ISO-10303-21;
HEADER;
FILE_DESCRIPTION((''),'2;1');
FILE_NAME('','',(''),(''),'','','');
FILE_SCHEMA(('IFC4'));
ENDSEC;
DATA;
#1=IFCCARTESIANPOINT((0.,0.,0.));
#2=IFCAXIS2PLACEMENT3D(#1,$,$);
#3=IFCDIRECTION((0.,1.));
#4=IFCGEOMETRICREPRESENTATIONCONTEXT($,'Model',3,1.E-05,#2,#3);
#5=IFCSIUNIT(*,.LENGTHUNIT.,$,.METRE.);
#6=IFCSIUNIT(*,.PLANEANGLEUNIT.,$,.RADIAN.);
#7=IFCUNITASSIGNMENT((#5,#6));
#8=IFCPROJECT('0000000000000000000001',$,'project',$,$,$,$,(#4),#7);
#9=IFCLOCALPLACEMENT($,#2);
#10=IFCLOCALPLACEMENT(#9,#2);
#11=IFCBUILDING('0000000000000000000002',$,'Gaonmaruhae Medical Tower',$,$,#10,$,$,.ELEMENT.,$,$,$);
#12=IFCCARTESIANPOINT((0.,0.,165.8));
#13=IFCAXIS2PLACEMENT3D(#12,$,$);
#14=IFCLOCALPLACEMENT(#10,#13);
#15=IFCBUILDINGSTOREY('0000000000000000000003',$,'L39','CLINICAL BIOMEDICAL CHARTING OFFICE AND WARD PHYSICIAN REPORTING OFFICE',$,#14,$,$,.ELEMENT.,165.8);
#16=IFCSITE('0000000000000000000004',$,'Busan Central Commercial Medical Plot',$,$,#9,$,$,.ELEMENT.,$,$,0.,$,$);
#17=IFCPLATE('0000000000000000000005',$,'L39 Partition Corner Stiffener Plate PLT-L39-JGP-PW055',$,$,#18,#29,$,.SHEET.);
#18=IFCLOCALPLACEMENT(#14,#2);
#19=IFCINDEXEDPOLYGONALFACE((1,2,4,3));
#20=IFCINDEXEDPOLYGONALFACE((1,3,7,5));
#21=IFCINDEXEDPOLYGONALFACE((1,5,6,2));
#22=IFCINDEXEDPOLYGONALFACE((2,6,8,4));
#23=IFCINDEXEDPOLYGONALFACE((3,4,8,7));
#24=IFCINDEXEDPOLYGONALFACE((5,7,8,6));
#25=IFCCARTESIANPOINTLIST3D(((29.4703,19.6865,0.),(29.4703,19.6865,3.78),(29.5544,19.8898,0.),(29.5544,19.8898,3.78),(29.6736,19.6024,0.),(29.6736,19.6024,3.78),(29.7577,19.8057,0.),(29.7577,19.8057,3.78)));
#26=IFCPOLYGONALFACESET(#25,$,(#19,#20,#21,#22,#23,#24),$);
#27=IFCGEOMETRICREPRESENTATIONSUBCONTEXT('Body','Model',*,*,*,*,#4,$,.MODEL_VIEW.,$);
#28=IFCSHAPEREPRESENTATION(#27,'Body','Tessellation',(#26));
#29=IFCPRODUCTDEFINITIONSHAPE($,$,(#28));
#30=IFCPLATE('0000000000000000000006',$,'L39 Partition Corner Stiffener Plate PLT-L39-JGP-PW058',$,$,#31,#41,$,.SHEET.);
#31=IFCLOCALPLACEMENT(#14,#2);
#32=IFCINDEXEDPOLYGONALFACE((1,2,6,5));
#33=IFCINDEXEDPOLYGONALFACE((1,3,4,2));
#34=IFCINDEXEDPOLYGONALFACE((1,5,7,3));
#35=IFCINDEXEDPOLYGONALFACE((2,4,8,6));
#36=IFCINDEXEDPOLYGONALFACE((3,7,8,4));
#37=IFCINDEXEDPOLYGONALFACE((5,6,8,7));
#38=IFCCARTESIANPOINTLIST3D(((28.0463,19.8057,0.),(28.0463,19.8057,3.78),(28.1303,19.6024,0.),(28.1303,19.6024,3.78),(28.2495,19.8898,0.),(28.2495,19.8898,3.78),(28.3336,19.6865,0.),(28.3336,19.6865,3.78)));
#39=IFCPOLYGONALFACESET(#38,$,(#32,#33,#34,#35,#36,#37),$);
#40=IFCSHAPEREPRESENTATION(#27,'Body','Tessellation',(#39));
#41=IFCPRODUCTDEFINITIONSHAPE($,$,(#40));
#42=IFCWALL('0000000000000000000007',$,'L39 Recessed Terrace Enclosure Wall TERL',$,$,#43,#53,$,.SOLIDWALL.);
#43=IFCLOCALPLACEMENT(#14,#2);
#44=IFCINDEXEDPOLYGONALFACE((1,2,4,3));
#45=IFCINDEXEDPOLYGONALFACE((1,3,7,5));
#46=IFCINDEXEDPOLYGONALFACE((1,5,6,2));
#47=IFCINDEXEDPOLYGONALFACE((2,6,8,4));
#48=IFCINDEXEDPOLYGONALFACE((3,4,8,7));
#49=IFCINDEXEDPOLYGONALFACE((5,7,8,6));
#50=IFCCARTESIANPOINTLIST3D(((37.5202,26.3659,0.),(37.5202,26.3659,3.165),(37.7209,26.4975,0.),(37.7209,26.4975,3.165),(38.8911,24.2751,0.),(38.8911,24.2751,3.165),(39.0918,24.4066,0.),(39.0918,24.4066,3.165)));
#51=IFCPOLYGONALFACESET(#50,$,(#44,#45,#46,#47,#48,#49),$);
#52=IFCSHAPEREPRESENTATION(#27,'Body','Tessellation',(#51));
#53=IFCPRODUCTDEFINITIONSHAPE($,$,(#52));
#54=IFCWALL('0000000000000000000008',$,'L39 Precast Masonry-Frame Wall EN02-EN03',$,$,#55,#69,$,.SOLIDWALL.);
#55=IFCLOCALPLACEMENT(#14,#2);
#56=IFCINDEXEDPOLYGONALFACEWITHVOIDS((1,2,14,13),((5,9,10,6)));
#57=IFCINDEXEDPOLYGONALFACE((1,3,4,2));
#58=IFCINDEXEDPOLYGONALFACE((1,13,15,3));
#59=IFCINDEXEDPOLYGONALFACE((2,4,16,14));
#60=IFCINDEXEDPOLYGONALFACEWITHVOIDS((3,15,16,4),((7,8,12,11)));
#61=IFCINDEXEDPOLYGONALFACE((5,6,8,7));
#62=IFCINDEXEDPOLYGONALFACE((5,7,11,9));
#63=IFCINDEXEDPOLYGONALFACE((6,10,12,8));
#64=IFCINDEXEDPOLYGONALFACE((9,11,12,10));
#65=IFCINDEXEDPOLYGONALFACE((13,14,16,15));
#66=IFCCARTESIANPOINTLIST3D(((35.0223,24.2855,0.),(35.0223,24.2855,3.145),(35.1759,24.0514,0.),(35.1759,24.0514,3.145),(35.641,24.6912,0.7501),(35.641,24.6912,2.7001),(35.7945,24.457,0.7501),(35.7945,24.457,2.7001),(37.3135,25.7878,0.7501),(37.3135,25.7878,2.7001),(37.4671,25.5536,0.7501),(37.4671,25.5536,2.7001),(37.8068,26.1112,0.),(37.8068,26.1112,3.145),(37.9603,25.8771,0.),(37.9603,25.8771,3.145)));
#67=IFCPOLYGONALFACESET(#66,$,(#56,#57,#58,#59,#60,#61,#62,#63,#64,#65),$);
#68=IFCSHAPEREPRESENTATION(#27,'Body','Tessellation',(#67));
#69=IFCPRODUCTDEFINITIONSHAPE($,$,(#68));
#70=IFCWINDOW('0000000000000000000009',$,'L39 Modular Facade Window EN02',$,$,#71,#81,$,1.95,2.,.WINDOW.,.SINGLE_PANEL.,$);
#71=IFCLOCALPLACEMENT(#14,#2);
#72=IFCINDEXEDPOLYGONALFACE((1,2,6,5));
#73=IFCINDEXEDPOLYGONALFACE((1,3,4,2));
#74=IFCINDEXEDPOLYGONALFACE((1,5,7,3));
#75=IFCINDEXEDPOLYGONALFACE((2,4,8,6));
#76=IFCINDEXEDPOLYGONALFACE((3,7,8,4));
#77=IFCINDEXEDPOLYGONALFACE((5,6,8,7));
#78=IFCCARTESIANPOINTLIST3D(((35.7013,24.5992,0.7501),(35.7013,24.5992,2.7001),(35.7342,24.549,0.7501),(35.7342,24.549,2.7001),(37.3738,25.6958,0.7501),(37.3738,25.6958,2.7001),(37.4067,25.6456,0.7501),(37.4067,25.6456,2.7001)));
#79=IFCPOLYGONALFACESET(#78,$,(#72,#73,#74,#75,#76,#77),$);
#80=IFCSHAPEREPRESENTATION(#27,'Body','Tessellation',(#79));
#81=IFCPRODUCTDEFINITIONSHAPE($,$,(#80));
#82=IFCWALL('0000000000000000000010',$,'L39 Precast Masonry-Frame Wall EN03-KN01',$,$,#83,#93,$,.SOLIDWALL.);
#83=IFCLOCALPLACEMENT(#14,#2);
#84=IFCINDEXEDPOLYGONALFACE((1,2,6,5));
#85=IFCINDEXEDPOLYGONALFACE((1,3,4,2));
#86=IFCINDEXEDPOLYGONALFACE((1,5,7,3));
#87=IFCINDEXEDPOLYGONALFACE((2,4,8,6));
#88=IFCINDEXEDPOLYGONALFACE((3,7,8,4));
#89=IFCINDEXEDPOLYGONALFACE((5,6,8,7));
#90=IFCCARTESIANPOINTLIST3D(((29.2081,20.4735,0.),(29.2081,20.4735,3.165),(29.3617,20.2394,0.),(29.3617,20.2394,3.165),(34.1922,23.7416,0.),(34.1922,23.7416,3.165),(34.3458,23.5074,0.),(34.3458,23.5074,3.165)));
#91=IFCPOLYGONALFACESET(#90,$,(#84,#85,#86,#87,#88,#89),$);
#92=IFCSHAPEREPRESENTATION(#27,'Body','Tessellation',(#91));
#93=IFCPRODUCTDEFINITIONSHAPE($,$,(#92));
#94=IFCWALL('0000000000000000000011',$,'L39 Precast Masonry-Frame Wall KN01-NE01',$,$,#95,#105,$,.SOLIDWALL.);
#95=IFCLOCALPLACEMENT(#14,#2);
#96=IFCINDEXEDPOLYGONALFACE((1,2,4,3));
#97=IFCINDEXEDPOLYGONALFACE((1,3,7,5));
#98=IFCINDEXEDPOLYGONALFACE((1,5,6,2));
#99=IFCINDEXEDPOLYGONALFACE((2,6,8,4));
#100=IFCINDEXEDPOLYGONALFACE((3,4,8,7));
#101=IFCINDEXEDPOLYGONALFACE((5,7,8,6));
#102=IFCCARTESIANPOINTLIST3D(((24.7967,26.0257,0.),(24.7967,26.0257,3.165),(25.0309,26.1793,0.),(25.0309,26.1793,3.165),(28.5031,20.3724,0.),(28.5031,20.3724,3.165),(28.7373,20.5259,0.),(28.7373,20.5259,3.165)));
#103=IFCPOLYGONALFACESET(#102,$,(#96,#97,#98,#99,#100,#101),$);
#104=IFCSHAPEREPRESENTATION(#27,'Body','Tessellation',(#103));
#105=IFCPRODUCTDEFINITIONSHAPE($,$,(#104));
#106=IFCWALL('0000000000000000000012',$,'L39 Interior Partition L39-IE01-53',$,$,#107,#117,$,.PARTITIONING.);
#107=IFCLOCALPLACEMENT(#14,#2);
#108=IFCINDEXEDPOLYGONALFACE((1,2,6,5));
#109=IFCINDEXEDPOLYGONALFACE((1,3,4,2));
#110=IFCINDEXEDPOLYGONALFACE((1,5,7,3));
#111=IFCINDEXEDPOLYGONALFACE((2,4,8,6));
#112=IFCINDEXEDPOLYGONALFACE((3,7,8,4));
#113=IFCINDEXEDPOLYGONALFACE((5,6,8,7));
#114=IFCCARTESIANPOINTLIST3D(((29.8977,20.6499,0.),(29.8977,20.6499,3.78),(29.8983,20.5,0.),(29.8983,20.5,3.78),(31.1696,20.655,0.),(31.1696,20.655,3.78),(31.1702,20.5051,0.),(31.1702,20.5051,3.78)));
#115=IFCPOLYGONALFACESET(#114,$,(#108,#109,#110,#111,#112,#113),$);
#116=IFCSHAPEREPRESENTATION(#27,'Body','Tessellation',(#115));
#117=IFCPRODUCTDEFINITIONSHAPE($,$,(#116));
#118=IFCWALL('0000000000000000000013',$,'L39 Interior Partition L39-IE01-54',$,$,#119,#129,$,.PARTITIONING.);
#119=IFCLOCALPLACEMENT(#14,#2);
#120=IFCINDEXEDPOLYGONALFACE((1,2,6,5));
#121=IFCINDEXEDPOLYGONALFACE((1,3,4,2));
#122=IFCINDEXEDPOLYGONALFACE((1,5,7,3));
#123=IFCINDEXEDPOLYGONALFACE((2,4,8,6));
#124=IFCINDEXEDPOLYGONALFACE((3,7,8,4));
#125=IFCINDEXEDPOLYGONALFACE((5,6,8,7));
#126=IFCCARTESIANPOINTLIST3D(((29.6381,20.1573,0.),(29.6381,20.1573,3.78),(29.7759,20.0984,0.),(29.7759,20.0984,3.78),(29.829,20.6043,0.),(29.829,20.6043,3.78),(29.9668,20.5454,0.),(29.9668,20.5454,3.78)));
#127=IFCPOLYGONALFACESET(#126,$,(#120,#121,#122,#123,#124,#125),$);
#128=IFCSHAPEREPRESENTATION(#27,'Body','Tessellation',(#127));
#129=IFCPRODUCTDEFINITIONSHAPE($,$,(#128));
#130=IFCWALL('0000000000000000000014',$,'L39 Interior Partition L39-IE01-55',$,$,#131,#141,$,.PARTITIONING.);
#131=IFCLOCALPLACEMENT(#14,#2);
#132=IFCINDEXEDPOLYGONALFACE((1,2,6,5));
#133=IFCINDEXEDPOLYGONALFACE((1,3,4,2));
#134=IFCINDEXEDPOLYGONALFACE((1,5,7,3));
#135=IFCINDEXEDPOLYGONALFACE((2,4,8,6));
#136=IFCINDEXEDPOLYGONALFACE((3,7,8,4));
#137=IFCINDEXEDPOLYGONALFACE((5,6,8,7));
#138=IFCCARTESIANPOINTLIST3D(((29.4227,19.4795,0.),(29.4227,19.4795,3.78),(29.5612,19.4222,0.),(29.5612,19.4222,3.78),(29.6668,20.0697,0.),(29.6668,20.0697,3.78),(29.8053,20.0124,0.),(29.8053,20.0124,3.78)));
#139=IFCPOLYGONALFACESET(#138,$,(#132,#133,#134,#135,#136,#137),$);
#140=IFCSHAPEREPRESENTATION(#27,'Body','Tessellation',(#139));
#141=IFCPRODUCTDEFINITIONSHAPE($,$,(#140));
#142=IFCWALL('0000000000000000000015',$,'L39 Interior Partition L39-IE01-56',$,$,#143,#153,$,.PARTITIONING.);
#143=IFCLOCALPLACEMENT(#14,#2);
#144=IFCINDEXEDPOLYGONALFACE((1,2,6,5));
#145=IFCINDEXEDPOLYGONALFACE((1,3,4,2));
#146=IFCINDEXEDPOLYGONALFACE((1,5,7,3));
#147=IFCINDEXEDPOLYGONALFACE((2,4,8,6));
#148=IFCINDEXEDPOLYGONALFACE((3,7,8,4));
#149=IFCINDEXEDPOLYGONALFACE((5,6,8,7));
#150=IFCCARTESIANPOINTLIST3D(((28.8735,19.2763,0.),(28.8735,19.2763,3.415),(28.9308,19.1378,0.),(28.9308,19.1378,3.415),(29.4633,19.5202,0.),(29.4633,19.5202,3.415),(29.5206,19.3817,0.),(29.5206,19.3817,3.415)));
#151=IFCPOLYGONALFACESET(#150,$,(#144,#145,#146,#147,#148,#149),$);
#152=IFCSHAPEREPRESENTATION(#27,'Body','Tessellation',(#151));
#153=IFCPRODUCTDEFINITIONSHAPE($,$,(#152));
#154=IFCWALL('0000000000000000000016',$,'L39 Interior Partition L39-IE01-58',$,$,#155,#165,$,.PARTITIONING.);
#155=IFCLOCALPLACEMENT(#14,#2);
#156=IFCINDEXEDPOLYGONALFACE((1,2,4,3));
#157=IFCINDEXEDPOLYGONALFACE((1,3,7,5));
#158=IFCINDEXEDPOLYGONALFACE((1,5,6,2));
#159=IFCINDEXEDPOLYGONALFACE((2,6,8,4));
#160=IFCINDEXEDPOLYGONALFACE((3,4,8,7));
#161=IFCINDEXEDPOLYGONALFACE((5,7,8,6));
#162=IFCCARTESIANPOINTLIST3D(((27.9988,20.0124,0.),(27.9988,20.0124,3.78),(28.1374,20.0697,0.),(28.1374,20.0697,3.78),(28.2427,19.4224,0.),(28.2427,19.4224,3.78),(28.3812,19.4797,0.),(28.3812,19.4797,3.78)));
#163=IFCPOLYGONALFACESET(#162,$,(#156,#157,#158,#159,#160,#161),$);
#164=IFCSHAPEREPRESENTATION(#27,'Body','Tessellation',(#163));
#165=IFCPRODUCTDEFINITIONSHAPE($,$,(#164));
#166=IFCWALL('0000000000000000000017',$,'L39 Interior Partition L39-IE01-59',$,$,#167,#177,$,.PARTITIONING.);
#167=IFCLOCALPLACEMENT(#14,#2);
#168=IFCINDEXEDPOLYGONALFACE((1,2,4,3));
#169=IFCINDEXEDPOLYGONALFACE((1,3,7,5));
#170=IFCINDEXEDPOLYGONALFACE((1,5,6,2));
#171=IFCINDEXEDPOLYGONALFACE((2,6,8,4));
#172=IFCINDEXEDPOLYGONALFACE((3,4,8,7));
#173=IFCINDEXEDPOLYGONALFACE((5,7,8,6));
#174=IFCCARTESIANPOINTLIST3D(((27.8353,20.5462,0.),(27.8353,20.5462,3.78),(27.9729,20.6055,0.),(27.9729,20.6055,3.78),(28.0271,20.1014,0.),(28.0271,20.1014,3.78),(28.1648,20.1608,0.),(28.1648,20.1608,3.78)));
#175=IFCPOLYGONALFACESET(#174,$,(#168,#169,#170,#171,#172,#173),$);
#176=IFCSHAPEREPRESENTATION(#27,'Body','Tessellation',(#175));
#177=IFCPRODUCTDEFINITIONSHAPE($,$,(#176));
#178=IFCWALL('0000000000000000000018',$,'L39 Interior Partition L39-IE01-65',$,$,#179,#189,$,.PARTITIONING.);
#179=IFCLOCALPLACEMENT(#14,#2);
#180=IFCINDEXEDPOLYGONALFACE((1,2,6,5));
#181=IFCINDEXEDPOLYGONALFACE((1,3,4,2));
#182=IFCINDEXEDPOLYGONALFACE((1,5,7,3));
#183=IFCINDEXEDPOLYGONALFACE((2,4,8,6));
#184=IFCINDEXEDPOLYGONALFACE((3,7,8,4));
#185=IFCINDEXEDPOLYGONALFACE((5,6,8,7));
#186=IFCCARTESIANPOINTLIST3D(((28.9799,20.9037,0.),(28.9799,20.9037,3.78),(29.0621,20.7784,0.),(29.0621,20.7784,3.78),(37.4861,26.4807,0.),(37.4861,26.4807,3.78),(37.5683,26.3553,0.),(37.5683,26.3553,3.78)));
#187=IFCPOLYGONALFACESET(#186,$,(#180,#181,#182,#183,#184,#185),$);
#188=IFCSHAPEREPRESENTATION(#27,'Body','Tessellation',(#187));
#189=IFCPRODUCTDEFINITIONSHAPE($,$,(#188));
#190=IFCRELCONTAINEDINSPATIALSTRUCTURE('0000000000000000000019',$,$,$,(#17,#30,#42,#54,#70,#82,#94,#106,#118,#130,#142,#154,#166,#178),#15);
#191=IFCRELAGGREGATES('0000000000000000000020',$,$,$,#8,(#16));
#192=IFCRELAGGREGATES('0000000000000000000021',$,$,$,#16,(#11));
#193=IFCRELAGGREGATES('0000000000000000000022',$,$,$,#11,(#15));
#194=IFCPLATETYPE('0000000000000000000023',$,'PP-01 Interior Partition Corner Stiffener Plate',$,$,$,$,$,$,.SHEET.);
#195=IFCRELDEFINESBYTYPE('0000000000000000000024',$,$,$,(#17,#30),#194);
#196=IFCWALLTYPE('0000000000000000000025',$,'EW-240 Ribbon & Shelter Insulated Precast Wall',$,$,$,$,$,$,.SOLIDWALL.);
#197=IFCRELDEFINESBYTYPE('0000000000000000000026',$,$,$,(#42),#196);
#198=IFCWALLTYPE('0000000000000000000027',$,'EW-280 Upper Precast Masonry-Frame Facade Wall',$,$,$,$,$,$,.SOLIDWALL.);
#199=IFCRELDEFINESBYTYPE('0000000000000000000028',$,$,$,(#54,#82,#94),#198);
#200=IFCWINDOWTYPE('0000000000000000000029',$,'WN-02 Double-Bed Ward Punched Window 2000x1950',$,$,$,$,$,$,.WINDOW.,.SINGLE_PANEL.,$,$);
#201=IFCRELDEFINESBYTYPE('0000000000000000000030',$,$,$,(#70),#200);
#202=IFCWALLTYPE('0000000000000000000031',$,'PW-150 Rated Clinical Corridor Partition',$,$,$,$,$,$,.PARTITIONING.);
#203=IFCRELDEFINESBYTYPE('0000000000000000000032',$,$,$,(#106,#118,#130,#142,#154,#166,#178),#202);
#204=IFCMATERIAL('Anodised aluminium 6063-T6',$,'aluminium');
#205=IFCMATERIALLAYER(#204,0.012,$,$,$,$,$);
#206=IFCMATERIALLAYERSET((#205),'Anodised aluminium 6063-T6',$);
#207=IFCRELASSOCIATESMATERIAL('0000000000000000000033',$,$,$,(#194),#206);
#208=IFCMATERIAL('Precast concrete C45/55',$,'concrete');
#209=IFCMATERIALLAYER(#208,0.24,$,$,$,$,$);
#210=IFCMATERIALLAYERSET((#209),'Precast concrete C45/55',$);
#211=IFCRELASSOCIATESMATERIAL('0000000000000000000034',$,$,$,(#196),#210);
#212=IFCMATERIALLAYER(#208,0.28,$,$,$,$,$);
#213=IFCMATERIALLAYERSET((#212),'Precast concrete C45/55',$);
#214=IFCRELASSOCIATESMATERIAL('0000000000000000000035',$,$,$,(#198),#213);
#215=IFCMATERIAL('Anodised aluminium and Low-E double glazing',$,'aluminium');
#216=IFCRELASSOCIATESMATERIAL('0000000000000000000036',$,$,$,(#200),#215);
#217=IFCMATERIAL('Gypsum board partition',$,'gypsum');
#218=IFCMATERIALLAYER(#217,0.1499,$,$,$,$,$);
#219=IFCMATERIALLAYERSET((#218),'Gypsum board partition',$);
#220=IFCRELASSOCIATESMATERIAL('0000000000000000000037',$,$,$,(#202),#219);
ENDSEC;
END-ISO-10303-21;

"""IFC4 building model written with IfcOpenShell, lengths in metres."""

from ifc_helpers import new_model, si_unit, direction, frame, frame_2d, origin, origin_2d, place, context, subcontext, project, spatial, rectangle, extrude, material, layer, layer_set, type_object, element, fill, save


model = new_model("IFC4")

# Units and contexts
model_context = context("Model", 3, precision=1e-05, world=origin(), true_north=direction((0.0, 1.0)))
body_context = subcontext(model_context, "Body", "Model", "MODEL_VIEW")
ifc_project = project(units=[si_unit("LENGTHUNIT", "METRE"), si_unit("PLANEANGLEUNIT", "RADIAN")], contexts=[model_context])

# Site, building, storey
site_placement = place(None, origin())
site = spatial("IfcSite", under=ifc_project, at=site_placement, Name="Busan Central Commercial Medical Plot", CompositionType="ELEMENT", RefElevation=0.0)
building_placement = place(site_placement, origin())
building = spatial("IfcBuilding", under=site, at=building_placement, Name="Gaonmaruhae Medical Tower", CompositionType="ELEMENT")
storey_placement = place(building_placement, frame((0.0, 0.0, 165.8)))
storey = spatial("IfcBuildingStorey", under=building, at=storey_placement, Name="L39", Description="CLINICAL BIOMEDICAL CHARTING OFFICE AND WARD PHYSICIAN REPORTING OFFICE", CompositionType="ELEMENT", Elevation=165.8)

# Plates
ifc_material_1 = material(Name="Anodised aluminium 6063-T6", Category="aluminium")
ifc_layer_1 = layer(ifc_material_1, 0.012)
ifc_layer_set_1 = layer_set([ifc_layer_1], Name="Anodised aluminium 6063-T6")
plate_type = type_object("IfcPlateType", Name="PP-01 Interior Partition Corner Stiffener Plate", PredefinedType="SHEET", material=ifc_layer_set_1)
for number, where, z_axis, x_axis, name in (
    (1, (29.614, 19.7461, 0.0), (0.0, 0.0, 1.0), (-0.382167, -0.924093, 0.0), "L39 Partition Corner Stiffener Plate PLT-L39-JGP-PW055"),
    (2, (28.1899, 19.7461, 0.0), (0.0, 0.0, 1.0), (-0.382167, 0.924093, 0.0), "L39 Partition Corner Stiffener Plate PLT-L39-JGP-PW058"),
):
    element("IfcPlate", number, at=place(storey_placement, frame(where, z_axis=z_axis, x_axis=x_axis)), inside=storey, type_object=plate_type, Name=name, PredefinedType="SHEET", context=body_context, shape_type="SweptSolid", body=[
        extrude(rectangle(XDim=0.22, YDim=0.22, at=origin_2d()), origin(), (0.0, 0.0, 1.0), 3.78),
    ])

# Wall
ifc_material_2 = material(Name="Precast concrete C45/55", Category="concrete")
ifc_layer_2 = layer(ifc_material_2, 0.24)
ifc_layer_set_2 = layer_set([ifc_layer_2], Name="Precast concrete C45/55")
wall_type_1 = type_object("IfcWallType", Name="EW-240 Ribbon & Shelter Insulated Precast Wall", PredefinedType="SOLIDWALL", material=ifc_layer_set_2)
wall_1_placement = place(storey_placement, frame((37.6206, 26.4316, 0.0), z_axis=(0.0, 0.0, 1.0), x_axis=(0.548307, -0.836277, 0.0)))
element("IfcWall", 3, at=wall_1_placement, inside=storey, type_object=wall_type_1, Name="L39 Recessed Terrace Enclosure Wall TERL", PredefinedType="SOLIDWALL", context=body_context, shape_type="SweptSolid", body=[
    extrude(rectangle(XDim=2.5002, YDim=0.24, at=frame_2d((1.25, 0.0))), origin(), (0.0, 0.0, 1.0), 3.165),
])

# Wall, opening, window
ifc_layer_3 = layer(ifc_material_2, 0.28)
ifc_layer_set_3 = layer_set([ifc_layer_3], Name="Precast concrete C45/55")
wall_type_2 = type_object("IfcWallType", Name="EW-280 Upper Precast Masonry-Frame Facade Wall", PredefinedType="SOLIDWALL", material=ifc_layer_set_3)
wall_2_placement = place(storey_placement, frame((35.0991, 24.1685, 0.0), z_axis=(0.0, 0.0, 1.0), x_axis=(0.836268, 0.548322, 0.0)))
wall_2 = element("IfcWall", 4, at=wall_2_placement, inside=storey, type_object=wall_type_2, Name="L39 Precast Masonry-Frame Wall EN02-EN03", PredefinedType="SOLIDWALL", context=body_context, shape_type="SweptSolid", body=[
    extrude(rectangle(XDim=3.3296, YDim=0.28, at=frame_2d((1.6648, 0.0))), origin(), (0.0, 0.0, 1.0), 3.145),
])
opening_placement = place(wall_2_placement, frame((0.7397, 0.0, 0.75)))
opening = element("IfcOpeningElement", 5, at=opening_placement, cuts=wall_2, PredefinedType="OPENING", context=body_context, shape_type="SweptSolid", body=[
    extrude(rectangle(XDim=2.0, YDim=1.95, at=frame_2d((1.0, 0.9751))), frame((0.0, 0.1499, 0.0), z_axis=(0.0, -1.0, 0.0), x_axis=(1.0, 0.0, 0.0)), (0.0, 0.0, 1.0), 0.3),
])
ifc_material_3 = material(Name="Anodised aluminium and Low-E double glazing", Category="aluminium")
window_type = type_object("IfcWindowType", Name="WN-02 Double-Bed Ward Punched Window 2000x1950", PartitioningType="SINGLE_PANEL", PredefinedType="WINDOW", material=ifc_material_3)
window_placement = place(opening_placement, origin())
window = element("IfcWindow", 6, at=window_placement, inside=storey, type_object=window_type, Name="L39 Modular Facade Window EN02", OverallHeight=1.95, OverallWidth=2.0, PartitioningType="SINGLE_PANEL", PredefinedType="WINDOW", context=body_context, shape_type="SweptSolid", body=[
    extrude(rectangle(XDim=2.0, YDim=1.95, at=frame_2d((1.0, 0.9751))), frame((0.0, 0.03, 0.0), z_axis=(0.0, -1.0, 0.0), x_axis=(1.0, 0.0, 0.0)), (0.0, 0.0, 1.0), 0.0601),
])
fill(opening, window)

# Walls
wall_3_placement = place(storey_placement, frame((29.2849, 20.3564, 0.0), z_axis=(0.0, 0.0, 1.0), x_axis=(0.836261, 0.548332, 0.0)))
element("IfcWall", 7, at=wall_3_placement, inside=storey, type_object=wall_type_2, Name="L39 Precast Masonry-Frame Wall EN03-KN01", PredefinedType="SOLIDWALL", context=body_context, shape_type="SweptSolid", body=[
    extrude(rectangle(XDim=5.96, YDim=0.28, at=frame_2d((2.98, 0.0))), origin(), (0.0, 0.0, 1.0), 3.165),
])
wall_4_placement = place(storey_placement, frame((28.6201, 20.4492, 0.0), z_axis=(0.0, 0.0, 1.0), x_axis=(-0.548275, 0.836298, 0.0)))
element("IfcWall", 8, at=wall_4_placement, inside=storey, type_object=wall_type_2, Name="L39 Precast Masonry-Frame Wall KN01-NE01", PredefinedType="SOLIDWALL", context=body_context, shape_type="SweptSolid", body=[
    extrude(rectangle(XDim=6.76, YDim=0.28, at=frame_2d((3.3799, 0.0))), origin(), (0.0, 0.0, 1.0), 3.165),
])
ifc_material_4 = material(Name="Gypsum board partition", Category="gypsum")
ifc_layer_4 = layer(ifc_material_4, 0.1499)
ifc_layer_set_4 = layer_set([ifc_layer_4], Name="Gypsum board partition")
wall_type_3 = type_object("IfcWallType", Name="PW-150 Rated Clinical Corridor Partition", PredefinedType="PARTITIONING", material=ifc_layer_set_4)
wall_5_placement = place(storey_placement, frame((31.1699, 20.5801, 0.0), z_axis=(0.0, 0.0, 1.0), x_axis=(-0.999992, -0.004031, 0.0)))
element("IfcWall", 9, at=wall_5_placement, inside=storey, type_object=wall_type_3, Name="L39 Interior Partition L39-IE01-53", PredefinedType="PARTITIONING", context=body_context, shape_type="SweptSolid", body=[
    extrude(rectangle(XDim=1.272, YDim=0.1499, at=frame_2d((0.636, 0.0))), origin(), (0.0, 0.0, 1.0), 3.78),
])
wall_6_placement = place(storey_placement, frame((29.8979, 20.575, 0.0), z_axis=(0.0, 0.0, 1.0), x_axis=(-0.392767, -0.919638, 0.0)))
element("IfcWall", 10, at=wall_6_placement, inside=storey, type_object=wall_type_3, Name="L39 Interior Partition L39-IE01-54", PredefinedType="PARTITIONING", context=body_context, shape_type="SweptSolid", body=[
    extrude(rectangle(XDim=0.4861, YDim=0.1499, at=frame_2d((0.2432, 0.0))), origin(), (0.0, 0.0, 1.0), 3.78),
])
wall_7_placement = place(storey_placement, frame((29.7361, 20.041, 0.0), z_axis=(0.0, 0.0, 1.0), x_axis=(-0.382307, -0.924035, 0.0)))
element("IfcWall", 11, at=wall_7_placement, inside=storey, type_object=wall_type_3, Name="L39 Interior Partition L39-IE01-55", PredefinedType="PARTITIONING", context=body_context, shape_type="SweptSolid", body=[
    extrude(rectangle(XDim=0.6387, YDim=0.1499, at=frame_2d((0.3193, 0.0))), origin(), (0.0, 0.0, 1.0), 3.78),
])
wall_8_placement = place(storey_placement, frame((29.4919, 19.4509, 0.0), z_axis=(0.0, 0.0, 1.0), x_axis=(-0.924115, -0.382115, 0.0)))
element("IfcWall", 12, at=wall_8_placement, inside=storey, type_object=wall_type_3, Name="L39 Interior Partition L39-IE01-56", PredefinedType="PARTITIONING", context=body_context, shape_type="SweptSolid", body=[
    extrude(rectangle(XDim=0.6382, YDim=0.1499, at=frame_2d((0.3191, 0.0))), origin(), (0.0, 0.0, 1.0), 3.415),
])
wall_9_placement = place(storey_placement, frame((28.312, 19.4509, 0.0), z_axis=(0.0, 0.0, 1.0), x_axis=(-0.38198, 0.92417, 0.0)))
element("IfcWall", 13, at=wall_9_placement, inside=storey, type_object=wall_type_3, Name="L39 Interior Partition L39-IE01-58", PredefinedType="PARTITIONING", context=body_context, shape_type="SweptSolid", body=[
    extrude(rectangle(XDim=0.6384, YDim=0.1499, at=frame_2d((0.3193, 0.0))), origin(), (0.0, 0.0, 1.0), 3.78),
])
wall_10_placement = place(storey_placement, frame((28.0959, 20.1311, 0.0), z_axis=(0.0, 0.0, 1.0), x_axis=(-0.396108, 0.918204, 0.0)))
element("IfcWall", 14, at=wall_10_placement, inside=storey, type_object=wall_type_3, Name="L39 Interior Partition L39-IE01-59", PredefinedType="PARTITIONING", context=body_context, shape_type="SweptSolid", body=[
    extrude(rectangle(XDim=0.4844, YDim=0.1499, at=frame_2d((0.2422, 0.0))), origin(), (0.0, 0.0, 1.0), 3.78),
])
wall_11_placement = place(storey_placement, frame((29.021, 20.8411, 0.0), z_axis=(0.0, 0.0, 1.0), x_axis=(0.836284, 0.548297, 0.0)))
element("IfcWall", 15, at=wall_11_placement, inside=storey, type_object=wall_type_3, Name="L39 Interior Partition L39-IE01-65", PredefinedType="PARTITIONING", context=body_context, shape_type="SweptSolid", body=[
    extrude(rectangle(XDim=10.1714, YDim=0.1499, at=frame_2d((5.0857, 0.0))), origin(), (0.0, 0.0, 1.0), 3.78),
])

save(model, "model.ifc")
